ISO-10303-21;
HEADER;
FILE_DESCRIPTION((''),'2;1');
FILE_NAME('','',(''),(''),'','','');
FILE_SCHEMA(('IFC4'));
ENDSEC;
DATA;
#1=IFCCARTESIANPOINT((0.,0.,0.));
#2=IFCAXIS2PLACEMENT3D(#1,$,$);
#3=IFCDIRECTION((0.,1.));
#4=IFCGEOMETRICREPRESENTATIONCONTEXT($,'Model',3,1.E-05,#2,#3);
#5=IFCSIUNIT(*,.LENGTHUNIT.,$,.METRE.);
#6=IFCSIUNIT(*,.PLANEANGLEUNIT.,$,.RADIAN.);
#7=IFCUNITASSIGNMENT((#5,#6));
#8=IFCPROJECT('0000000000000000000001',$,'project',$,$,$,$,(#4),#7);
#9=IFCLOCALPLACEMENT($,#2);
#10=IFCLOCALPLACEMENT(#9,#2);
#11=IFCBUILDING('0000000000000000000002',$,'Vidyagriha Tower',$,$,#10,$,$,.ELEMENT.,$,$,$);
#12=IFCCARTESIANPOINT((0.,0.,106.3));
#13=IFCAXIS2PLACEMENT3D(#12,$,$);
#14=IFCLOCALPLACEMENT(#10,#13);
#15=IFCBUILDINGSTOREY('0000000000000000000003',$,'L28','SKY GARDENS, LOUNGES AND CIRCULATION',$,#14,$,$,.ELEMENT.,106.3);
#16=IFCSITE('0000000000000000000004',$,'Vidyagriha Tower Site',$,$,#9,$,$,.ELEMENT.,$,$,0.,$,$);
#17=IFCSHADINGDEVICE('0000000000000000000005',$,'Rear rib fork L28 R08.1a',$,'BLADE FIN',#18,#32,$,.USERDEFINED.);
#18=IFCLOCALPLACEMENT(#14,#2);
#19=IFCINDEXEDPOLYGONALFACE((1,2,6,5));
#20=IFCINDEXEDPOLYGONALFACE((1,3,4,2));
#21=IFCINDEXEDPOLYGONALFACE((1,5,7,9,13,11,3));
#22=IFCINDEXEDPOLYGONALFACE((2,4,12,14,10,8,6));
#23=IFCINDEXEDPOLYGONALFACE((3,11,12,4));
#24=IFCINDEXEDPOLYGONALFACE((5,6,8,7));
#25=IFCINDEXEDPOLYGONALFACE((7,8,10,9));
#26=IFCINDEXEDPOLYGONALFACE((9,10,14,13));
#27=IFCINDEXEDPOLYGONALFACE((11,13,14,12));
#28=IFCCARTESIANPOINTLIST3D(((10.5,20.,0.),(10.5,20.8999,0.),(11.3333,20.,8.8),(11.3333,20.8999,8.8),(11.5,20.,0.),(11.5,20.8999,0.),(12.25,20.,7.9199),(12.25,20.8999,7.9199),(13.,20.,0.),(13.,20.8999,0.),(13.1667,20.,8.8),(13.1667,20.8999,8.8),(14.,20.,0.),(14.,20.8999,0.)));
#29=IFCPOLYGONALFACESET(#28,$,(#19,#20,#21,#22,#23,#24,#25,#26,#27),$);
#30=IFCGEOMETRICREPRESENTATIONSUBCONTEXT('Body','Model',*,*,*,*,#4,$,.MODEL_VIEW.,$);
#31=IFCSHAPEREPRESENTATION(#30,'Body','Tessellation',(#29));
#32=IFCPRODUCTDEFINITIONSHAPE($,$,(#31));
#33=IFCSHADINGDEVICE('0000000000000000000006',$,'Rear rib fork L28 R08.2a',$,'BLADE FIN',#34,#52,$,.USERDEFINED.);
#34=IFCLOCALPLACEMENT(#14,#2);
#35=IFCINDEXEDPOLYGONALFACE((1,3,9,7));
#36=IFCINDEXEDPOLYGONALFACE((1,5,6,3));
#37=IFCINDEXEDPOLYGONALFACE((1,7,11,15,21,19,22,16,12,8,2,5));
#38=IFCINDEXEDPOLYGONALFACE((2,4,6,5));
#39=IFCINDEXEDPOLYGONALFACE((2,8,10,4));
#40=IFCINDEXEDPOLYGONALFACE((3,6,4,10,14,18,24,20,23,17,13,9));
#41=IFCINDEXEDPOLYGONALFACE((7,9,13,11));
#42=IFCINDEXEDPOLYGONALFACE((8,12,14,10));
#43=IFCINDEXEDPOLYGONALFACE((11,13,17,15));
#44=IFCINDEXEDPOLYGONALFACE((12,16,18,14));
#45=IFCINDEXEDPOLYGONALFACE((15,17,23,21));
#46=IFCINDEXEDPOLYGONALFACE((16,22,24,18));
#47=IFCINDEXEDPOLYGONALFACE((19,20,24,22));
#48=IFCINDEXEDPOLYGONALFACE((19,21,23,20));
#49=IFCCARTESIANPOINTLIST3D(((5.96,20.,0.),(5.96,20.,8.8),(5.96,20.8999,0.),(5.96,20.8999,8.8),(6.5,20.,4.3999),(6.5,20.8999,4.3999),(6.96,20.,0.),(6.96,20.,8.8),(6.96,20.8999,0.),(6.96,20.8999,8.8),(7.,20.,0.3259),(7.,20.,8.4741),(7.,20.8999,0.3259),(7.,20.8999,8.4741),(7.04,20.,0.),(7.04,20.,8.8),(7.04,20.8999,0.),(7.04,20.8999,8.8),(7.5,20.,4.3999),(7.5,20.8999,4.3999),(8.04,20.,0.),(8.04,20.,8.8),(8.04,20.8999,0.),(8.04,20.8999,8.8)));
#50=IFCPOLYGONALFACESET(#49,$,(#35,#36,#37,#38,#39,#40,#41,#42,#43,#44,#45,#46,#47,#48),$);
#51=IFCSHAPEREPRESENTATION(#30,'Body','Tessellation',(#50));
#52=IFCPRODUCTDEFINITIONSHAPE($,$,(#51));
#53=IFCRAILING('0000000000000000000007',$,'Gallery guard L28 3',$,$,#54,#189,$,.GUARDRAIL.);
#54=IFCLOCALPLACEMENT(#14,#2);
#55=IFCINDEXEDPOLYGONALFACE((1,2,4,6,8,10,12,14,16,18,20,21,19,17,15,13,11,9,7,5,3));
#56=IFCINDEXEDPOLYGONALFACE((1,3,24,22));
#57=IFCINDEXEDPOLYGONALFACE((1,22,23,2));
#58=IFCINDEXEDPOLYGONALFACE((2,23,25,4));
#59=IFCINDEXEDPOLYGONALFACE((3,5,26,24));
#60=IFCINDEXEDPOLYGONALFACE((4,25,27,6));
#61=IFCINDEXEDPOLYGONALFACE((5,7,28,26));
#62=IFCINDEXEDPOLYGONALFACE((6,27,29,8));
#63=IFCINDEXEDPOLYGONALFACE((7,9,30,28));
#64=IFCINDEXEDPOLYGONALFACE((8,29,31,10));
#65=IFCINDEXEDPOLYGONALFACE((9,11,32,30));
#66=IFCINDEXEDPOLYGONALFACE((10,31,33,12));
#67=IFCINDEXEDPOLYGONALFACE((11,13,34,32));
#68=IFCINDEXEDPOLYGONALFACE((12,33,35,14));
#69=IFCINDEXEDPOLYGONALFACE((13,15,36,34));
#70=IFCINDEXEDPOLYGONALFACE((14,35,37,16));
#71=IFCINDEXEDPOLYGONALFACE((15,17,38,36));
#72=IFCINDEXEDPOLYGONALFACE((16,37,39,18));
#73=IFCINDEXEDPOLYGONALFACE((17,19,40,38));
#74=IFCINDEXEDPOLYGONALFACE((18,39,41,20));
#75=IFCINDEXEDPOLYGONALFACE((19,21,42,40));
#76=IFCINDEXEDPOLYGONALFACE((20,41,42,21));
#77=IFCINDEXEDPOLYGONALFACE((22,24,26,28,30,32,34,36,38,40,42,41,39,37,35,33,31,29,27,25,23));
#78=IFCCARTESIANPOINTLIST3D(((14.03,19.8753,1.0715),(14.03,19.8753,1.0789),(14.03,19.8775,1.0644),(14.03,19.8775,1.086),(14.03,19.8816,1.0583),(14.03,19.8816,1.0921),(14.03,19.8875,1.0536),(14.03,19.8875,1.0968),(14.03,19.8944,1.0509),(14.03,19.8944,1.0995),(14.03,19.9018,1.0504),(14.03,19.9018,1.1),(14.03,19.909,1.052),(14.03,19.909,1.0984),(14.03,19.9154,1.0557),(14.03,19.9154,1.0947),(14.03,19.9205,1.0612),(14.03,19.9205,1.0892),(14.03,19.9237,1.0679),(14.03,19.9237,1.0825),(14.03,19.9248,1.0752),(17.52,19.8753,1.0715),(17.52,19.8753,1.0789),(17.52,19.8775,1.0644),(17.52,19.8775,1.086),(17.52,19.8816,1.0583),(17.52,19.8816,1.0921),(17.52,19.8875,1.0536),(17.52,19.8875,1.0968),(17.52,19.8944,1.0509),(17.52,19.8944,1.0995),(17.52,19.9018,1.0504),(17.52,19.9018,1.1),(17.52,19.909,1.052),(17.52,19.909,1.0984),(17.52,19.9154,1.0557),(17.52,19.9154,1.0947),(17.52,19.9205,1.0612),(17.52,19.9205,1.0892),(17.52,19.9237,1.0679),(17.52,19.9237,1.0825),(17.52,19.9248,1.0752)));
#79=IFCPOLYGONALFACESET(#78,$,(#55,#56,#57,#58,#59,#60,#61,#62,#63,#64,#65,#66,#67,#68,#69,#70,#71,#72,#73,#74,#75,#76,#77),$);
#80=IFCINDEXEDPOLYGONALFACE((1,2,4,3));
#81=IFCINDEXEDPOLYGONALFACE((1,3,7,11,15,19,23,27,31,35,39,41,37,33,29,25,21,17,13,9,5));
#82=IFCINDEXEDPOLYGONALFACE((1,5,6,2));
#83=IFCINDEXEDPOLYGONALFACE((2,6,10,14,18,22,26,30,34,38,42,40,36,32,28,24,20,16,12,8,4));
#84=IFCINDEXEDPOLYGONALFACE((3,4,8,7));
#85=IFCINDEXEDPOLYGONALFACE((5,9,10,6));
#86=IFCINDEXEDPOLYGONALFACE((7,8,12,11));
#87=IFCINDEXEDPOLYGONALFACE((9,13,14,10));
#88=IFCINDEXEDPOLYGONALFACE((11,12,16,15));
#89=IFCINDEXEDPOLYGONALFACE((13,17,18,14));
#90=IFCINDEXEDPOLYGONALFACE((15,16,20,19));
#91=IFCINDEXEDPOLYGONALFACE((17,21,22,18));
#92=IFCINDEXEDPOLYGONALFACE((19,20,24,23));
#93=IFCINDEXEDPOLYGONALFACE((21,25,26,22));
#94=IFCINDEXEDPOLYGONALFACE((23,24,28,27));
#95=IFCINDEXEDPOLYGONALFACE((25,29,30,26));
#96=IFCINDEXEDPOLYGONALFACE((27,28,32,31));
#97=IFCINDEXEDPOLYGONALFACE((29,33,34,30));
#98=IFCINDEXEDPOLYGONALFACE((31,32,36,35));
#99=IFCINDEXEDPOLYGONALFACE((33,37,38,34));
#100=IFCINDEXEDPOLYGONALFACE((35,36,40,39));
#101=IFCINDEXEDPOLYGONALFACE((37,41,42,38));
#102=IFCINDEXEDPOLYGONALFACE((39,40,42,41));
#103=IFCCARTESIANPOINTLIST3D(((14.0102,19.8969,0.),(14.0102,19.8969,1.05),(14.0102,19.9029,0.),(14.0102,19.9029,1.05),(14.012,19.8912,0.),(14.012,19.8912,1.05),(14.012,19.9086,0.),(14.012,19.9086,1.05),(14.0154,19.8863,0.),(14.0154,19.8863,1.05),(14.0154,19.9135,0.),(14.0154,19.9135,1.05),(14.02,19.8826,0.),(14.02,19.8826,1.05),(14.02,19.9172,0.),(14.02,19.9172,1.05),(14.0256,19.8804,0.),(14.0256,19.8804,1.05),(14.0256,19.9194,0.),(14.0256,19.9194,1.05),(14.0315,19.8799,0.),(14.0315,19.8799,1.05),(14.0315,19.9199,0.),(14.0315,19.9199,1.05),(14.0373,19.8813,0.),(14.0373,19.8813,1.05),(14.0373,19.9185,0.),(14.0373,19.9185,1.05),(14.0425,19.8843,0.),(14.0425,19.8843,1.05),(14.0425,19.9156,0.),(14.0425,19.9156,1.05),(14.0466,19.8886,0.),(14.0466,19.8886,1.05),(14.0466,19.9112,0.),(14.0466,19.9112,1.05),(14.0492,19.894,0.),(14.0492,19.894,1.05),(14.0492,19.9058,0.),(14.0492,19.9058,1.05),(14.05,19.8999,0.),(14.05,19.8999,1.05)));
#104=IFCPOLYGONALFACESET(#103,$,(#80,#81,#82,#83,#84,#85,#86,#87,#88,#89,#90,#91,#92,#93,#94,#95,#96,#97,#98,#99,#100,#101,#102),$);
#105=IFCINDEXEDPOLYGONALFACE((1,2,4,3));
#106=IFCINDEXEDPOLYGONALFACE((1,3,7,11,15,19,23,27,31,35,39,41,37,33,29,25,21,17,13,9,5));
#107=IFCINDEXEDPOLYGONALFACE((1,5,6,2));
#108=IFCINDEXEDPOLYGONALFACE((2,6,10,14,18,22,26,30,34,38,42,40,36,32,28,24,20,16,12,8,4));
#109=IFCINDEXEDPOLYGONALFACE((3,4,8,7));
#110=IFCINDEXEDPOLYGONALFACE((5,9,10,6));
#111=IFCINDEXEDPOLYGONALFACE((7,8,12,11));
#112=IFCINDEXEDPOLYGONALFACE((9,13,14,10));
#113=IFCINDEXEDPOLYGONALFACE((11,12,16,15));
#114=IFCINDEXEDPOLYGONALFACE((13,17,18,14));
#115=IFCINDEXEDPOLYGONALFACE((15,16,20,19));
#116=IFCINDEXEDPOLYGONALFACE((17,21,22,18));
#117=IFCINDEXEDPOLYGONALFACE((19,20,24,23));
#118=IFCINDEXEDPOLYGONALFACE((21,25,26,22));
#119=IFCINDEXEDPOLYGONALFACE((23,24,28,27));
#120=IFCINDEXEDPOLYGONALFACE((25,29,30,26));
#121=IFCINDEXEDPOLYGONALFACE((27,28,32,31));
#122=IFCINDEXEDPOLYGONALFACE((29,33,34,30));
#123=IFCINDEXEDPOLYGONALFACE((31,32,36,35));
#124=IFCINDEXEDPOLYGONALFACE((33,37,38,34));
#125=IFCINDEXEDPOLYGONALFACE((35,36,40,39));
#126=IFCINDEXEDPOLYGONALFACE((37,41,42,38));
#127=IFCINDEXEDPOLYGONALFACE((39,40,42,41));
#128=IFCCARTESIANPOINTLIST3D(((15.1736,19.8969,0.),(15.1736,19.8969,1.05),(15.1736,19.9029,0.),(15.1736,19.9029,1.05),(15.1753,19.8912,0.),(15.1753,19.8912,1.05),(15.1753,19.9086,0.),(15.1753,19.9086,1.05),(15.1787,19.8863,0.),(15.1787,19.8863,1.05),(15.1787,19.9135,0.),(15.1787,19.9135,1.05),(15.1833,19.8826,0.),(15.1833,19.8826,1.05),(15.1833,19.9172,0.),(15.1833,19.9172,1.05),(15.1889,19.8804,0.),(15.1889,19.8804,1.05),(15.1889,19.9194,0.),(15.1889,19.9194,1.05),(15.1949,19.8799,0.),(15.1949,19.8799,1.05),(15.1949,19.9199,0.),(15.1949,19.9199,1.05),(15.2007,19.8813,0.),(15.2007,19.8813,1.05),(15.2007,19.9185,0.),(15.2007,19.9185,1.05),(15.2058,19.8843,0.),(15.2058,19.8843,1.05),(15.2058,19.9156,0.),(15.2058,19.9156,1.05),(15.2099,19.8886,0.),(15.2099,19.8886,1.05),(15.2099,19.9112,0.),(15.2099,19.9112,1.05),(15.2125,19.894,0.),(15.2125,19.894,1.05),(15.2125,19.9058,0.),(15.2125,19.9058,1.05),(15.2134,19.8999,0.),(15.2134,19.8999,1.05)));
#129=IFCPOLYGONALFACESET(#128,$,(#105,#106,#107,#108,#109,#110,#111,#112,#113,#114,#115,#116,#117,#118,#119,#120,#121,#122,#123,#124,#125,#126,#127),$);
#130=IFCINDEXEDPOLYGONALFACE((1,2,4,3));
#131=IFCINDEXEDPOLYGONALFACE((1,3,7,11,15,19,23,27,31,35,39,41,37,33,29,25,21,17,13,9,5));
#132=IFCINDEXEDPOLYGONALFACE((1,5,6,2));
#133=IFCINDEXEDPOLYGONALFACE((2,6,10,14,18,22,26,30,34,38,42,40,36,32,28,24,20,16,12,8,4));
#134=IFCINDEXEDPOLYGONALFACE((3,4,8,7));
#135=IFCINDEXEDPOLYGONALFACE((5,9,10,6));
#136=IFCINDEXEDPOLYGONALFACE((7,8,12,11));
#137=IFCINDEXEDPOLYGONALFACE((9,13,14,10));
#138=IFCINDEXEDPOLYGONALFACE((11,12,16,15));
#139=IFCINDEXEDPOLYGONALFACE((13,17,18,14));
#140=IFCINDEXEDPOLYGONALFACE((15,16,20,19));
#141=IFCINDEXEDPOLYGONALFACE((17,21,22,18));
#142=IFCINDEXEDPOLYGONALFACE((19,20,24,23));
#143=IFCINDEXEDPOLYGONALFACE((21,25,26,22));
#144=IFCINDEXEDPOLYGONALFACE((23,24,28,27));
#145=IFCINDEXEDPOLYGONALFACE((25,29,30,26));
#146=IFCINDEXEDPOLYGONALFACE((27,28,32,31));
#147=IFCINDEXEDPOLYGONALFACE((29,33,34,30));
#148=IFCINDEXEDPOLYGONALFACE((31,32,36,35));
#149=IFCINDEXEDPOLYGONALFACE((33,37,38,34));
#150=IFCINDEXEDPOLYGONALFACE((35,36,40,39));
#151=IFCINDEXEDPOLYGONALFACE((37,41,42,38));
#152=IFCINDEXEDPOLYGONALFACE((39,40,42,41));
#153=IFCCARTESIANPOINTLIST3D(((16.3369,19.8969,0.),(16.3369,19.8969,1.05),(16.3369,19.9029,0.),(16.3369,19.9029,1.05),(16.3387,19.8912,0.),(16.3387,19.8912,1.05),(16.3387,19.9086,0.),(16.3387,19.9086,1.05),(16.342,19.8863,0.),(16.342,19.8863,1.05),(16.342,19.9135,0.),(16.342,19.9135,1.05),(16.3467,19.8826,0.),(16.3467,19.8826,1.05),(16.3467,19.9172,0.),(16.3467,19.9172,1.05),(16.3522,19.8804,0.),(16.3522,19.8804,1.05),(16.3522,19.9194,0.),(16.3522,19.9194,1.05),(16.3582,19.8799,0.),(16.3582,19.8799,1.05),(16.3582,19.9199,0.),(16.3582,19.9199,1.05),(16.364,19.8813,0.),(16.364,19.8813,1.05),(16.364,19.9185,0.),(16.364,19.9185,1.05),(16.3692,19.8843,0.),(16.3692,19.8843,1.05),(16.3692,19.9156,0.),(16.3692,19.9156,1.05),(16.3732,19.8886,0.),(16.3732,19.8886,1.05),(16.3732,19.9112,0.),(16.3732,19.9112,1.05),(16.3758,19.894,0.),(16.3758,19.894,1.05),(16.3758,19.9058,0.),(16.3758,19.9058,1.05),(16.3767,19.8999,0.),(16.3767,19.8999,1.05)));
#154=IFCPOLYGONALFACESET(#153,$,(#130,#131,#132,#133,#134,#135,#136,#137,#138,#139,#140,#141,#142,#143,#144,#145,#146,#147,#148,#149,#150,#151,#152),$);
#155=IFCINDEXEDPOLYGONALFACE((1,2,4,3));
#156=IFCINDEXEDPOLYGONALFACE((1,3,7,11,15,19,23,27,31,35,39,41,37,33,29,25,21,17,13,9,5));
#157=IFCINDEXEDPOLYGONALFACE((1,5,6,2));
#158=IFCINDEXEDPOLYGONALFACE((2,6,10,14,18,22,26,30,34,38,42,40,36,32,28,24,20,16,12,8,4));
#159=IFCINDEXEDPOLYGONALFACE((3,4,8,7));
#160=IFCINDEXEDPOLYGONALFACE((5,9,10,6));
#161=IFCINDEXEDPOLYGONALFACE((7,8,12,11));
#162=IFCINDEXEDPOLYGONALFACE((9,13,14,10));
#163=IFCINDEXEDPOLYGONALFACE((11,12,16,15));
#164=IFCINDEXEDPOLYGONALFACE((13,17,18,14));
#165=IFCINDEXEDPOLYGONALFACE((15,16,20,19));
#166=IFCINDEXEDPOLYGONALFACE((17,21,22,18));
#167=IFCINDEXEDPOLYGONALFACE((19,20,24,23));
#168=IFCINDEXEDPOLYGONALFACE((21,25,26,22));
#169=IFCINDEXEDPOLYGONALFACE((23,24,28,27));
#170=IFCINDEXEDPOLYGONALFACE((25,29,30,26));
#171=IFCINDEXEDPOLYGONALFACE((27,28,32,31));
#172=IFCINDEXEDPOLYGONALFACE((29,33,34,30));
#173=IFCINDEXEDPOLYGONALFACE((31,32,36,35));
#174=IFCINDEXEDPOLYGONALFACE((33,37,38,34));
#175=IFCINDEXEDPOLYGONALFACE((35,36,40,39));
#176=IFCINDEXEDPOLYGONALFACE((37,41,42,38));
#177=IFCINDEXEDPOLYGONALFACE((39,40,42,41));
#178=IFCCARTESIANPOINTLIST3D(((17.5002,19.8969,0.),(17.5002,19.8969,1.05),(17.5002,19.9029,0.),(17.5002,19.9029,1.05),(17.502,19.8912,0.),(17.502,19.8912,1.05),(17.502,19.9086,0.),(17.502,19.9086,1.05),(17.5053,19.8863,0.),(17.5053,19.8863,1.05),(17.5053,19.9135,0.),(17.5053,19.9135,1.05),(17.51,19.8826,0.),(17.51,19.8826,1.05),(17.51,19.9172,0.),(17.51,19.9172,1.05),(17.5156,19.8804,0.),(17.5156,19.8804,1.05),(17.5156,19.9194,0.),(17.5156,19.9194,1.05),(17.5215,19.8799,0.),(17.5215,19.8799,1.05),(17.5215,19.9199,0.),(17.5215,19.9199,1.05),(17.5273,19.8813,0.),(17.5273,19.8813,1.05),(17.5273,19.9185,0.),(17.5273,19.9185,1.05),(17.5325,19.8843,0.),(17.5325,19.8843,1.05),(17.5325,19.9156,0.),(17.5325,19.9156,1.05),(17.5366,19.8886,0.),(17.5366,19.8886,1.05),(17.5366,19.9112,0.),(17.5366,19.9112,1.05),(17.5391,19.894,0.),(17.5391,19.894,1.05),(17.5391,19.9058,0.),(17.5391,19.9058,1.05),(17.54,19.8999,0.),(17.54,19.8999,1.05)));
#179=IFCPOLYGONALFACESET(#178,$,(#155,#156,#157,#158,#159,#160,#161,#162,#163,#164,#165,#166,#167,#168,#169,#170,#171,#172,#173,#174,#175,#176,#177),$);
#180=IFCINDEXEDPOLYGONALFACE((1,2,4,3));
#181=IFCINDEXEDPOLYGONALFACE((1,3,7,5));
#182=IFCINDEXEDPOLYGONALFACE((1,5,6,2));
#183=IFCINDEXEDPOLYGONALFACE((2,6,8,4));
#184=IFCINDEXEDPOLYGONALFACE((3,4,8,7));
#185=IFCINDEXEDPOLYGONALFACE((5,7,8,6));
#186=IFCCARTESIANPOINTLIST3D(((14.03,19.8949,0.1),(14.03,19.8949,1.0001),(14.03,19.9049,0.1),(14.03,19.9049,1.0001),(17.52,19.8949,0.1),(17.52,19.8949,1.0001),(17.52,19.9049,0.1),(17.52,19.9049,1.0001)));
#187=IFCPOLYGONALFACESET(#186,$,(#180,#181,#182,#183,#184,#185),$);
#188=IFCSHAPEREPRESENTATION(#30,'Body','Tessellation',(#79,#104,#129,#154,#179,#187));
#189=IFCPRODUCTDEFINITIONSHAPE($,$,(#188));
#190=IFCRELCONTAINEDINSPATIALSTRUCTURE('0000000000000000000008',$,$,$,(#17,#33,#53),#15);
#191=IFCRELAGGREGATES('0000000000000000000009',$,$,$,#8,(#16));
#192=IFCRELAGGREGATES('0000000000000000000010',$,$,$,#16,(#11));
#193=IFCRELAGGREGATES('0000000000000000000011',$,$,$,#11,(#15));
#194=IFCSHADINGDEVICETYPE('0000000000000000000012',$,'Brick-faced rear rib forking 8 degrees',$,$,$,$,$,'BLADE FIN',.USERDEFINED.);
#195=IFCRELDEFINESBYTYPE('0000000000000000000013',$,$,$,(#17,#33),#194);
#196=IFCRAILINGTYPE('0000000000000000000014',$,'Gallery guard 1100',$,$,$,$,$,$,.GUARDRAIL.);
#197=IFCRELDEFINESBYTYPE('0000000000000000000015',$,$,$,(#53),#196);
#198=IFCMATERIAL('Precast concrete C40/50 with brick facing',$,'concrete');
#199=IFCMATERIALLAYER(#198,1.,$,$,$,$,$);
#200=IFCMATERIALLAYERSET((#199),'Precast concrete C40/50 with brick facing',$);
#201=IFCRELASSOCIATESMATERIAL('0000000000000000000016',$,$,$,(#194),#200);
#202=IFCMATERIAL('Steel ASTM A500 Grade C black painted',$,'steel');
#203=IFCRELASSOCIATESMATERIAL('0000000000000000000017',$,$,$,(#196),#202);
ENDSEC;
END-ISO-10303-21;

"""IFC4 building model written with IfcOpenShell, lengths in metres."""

from ifc_helpers import new_model, si_unit, direction, frame, origin, origin_2d, place, context, subcontext, project, spatial, polyline, rectangle, circle, outline, extrude, material, layer, layer_set, type_object, element, save


model = new_model("IFC4")

# Units and contexts
model_context = context("Model", 3, precision=1e-05, world=origin(), true_north=direction((0.0, 1.0)))
body_context = subcontext(model_context, "Body", "Model", "MODEL_VIEW")
ifc_project = project(units=[si_unit("LENGTHUNIT", "METRE"), si_unit("PLANEANGLEUNIT", "RADIAN")], contexts=[model_context])

# Site, building, storey
site_placement = place(None, origin())
site = spatial("IfcSite", under=ifc_project, at=site_placement, Name="Vidyagriha Tower Site", CompositionType="ELEMENT", RefElevation=0.0)
building_placement = place(site_placement, origin())
building = spatial("IfcBuilding", under=site, at=building_placement, Name="Vidyagriha Tower", CompositionType="ELEMENT")
storey_placement = place(building_placement, frame((0.0, 0.0, 106.3)))
storey = spatial("IfcBuildingStorey", under=building, at=storey_placement, Name="L28", Description="SKY GARDENS, LOUNGES AND CIRCULATION", CompositionType="ELEMENT", Elevation=106.3)

# Shading devices
ifc_material_1 = material(Name="Precast concrete C40/50 with brick facing", Category="concrete")
ifc_layer = layer(ifc_material_1, 1.0)
ifc_layer_set = layer_set([ifc_layer], Name="Precast concrete C40/50 with brick facing")
shading_device_type = type_object("IfcShadingDeviceType", Name="Brick-faced rear rib forking 8 degrees", ElementType="BLADE FIN", PredefinedType="USERDEFINED", material=ifc_layer_set)
shading_device_1_placement = place(storey_placement, frame((14.0, 20.45, 0.0), z_axis=(0.0, 0.0, 1.0), x_axis=(-1.0, 0.0, 0.0)))
element("IfcShadingDevice", 1, at=shading_device_1_placement, inside=storey, type_object=shading_device_type, Name="Rear rib fork L28 R08.1a", ObjectType="BLADE FIN", PredefinedType="USERDEFINED", context=body_context, shape_type="SweptSolid", body=[
    extrude(outline(polyline([(1.0, 0.0), (1.75, 7.9199), (2.5, 0.0), (3.5, 0.0), (2.6667, 8.8), (0.8333, 8.8), (0.0, 0.0), (1.0, 0.0)])), frame((0.0, 0.45, 0.0), z_axis=(0.0, -1.0, 0.0), x_axis=(1.0, 0.0, 0.0)), (0.0, 0.0, 1.0), 0.8999),
])
shading_device_2_placement = place(storey_placement, frame((8.04, 20.45, 0.0), z_axis=(0.0, 0.0, 1.0), x_axis=(-1.0, 0.0, 0.0)))
element("IfcShadingDevice", 2, at=shading_device_2_placement, inside=storey, type_object=shading_device_type, Name="Rear rib fork L28 R08.2a", ObjectType="BLADE FIN", PredefinedType="USERDEFINED", context=body_context, shape_type="SweptSolid", body=[
    extrude(outline(polyline([(1.0, 0.0), (1.04, 0.3259), (1.0801, 0.0), (2.0801, 0.0), (1.54, 4.3999), (2.0801, 8.8), (1.0801, 8.8), (1.04, 8.4741), (1.0, 8.8), (0.0, 8.8), (0.54, 4.3999), (0.0, 0.0), (1.0, 0.0)])), frame((0.0, 0.45, 0.0), z_axis=(0.0, -1.0, 0.0), x_axis=(1.0, 0.0, 0.0)), (0.0, 0.0, 1.0), 0.8999),
])

# Railing
ifc_material_2 = material(Name="Steel ASTM A500 Grade C black painted", Category="steel")
railing_type_1 = type_object("IfcRailingType", Name="Gallery guard 1100", PredefinedType="GUARDRAIL", material=ifc_material_2)
railing_1_placement = place(storey_placement, frame((14.03, 19.8999, 0.0)))
element("IfcRailing", 3, at=railing_1_placement, inside=storey, type_object=railing_type_1, Name="Gallery guard L28 3", PredefinedType="GUARDRAIL", context=body_context, shape_type="SweptSolid", body=[
    extrude(circle(Radius=0.0249, at=origin_2d()), frame((0.0, 0.0, 1.0752), z_axis=(1.0, 0.0, 0.0), x_axis=(0.0, 1.0, 0.0)), (0.0, 0.0, 1.0), 3.49),
    extrude(circle(Radius=0.02, at=origin_2d()), origin(), (0.0, 0.0, 1.0), 1.05),
    extrude(circle(Radius=0.02, at=origin_2d()), frame((1.1633, 0.0, 0.0)), (0.0, 0.0, 1.0), 1.05),
    extrude(circle(Radius=0.02, at=origin_2d()), frame((2.3267, 0.0, 0.0)), (0.0, 0.0, 1.0), 1.05),
    extrude(circle(Radius=0.02, at=origin_2d()), frame((3.49, 0.0, 0.0)), (0.0, 0.0, 1.0), 1.05),
    extrude(rectangle(XDim=0.01, YDim=0.9001, at=origin_2d()), frame((0.0, 0.0, 0.55), z_axis=(1.0, 0.0, 0.0), x_axis=(0.0, 1.0, 0.0)), (0.0, 0.0, 1.0), 3.49),
])

save(model, "model.ifc")
